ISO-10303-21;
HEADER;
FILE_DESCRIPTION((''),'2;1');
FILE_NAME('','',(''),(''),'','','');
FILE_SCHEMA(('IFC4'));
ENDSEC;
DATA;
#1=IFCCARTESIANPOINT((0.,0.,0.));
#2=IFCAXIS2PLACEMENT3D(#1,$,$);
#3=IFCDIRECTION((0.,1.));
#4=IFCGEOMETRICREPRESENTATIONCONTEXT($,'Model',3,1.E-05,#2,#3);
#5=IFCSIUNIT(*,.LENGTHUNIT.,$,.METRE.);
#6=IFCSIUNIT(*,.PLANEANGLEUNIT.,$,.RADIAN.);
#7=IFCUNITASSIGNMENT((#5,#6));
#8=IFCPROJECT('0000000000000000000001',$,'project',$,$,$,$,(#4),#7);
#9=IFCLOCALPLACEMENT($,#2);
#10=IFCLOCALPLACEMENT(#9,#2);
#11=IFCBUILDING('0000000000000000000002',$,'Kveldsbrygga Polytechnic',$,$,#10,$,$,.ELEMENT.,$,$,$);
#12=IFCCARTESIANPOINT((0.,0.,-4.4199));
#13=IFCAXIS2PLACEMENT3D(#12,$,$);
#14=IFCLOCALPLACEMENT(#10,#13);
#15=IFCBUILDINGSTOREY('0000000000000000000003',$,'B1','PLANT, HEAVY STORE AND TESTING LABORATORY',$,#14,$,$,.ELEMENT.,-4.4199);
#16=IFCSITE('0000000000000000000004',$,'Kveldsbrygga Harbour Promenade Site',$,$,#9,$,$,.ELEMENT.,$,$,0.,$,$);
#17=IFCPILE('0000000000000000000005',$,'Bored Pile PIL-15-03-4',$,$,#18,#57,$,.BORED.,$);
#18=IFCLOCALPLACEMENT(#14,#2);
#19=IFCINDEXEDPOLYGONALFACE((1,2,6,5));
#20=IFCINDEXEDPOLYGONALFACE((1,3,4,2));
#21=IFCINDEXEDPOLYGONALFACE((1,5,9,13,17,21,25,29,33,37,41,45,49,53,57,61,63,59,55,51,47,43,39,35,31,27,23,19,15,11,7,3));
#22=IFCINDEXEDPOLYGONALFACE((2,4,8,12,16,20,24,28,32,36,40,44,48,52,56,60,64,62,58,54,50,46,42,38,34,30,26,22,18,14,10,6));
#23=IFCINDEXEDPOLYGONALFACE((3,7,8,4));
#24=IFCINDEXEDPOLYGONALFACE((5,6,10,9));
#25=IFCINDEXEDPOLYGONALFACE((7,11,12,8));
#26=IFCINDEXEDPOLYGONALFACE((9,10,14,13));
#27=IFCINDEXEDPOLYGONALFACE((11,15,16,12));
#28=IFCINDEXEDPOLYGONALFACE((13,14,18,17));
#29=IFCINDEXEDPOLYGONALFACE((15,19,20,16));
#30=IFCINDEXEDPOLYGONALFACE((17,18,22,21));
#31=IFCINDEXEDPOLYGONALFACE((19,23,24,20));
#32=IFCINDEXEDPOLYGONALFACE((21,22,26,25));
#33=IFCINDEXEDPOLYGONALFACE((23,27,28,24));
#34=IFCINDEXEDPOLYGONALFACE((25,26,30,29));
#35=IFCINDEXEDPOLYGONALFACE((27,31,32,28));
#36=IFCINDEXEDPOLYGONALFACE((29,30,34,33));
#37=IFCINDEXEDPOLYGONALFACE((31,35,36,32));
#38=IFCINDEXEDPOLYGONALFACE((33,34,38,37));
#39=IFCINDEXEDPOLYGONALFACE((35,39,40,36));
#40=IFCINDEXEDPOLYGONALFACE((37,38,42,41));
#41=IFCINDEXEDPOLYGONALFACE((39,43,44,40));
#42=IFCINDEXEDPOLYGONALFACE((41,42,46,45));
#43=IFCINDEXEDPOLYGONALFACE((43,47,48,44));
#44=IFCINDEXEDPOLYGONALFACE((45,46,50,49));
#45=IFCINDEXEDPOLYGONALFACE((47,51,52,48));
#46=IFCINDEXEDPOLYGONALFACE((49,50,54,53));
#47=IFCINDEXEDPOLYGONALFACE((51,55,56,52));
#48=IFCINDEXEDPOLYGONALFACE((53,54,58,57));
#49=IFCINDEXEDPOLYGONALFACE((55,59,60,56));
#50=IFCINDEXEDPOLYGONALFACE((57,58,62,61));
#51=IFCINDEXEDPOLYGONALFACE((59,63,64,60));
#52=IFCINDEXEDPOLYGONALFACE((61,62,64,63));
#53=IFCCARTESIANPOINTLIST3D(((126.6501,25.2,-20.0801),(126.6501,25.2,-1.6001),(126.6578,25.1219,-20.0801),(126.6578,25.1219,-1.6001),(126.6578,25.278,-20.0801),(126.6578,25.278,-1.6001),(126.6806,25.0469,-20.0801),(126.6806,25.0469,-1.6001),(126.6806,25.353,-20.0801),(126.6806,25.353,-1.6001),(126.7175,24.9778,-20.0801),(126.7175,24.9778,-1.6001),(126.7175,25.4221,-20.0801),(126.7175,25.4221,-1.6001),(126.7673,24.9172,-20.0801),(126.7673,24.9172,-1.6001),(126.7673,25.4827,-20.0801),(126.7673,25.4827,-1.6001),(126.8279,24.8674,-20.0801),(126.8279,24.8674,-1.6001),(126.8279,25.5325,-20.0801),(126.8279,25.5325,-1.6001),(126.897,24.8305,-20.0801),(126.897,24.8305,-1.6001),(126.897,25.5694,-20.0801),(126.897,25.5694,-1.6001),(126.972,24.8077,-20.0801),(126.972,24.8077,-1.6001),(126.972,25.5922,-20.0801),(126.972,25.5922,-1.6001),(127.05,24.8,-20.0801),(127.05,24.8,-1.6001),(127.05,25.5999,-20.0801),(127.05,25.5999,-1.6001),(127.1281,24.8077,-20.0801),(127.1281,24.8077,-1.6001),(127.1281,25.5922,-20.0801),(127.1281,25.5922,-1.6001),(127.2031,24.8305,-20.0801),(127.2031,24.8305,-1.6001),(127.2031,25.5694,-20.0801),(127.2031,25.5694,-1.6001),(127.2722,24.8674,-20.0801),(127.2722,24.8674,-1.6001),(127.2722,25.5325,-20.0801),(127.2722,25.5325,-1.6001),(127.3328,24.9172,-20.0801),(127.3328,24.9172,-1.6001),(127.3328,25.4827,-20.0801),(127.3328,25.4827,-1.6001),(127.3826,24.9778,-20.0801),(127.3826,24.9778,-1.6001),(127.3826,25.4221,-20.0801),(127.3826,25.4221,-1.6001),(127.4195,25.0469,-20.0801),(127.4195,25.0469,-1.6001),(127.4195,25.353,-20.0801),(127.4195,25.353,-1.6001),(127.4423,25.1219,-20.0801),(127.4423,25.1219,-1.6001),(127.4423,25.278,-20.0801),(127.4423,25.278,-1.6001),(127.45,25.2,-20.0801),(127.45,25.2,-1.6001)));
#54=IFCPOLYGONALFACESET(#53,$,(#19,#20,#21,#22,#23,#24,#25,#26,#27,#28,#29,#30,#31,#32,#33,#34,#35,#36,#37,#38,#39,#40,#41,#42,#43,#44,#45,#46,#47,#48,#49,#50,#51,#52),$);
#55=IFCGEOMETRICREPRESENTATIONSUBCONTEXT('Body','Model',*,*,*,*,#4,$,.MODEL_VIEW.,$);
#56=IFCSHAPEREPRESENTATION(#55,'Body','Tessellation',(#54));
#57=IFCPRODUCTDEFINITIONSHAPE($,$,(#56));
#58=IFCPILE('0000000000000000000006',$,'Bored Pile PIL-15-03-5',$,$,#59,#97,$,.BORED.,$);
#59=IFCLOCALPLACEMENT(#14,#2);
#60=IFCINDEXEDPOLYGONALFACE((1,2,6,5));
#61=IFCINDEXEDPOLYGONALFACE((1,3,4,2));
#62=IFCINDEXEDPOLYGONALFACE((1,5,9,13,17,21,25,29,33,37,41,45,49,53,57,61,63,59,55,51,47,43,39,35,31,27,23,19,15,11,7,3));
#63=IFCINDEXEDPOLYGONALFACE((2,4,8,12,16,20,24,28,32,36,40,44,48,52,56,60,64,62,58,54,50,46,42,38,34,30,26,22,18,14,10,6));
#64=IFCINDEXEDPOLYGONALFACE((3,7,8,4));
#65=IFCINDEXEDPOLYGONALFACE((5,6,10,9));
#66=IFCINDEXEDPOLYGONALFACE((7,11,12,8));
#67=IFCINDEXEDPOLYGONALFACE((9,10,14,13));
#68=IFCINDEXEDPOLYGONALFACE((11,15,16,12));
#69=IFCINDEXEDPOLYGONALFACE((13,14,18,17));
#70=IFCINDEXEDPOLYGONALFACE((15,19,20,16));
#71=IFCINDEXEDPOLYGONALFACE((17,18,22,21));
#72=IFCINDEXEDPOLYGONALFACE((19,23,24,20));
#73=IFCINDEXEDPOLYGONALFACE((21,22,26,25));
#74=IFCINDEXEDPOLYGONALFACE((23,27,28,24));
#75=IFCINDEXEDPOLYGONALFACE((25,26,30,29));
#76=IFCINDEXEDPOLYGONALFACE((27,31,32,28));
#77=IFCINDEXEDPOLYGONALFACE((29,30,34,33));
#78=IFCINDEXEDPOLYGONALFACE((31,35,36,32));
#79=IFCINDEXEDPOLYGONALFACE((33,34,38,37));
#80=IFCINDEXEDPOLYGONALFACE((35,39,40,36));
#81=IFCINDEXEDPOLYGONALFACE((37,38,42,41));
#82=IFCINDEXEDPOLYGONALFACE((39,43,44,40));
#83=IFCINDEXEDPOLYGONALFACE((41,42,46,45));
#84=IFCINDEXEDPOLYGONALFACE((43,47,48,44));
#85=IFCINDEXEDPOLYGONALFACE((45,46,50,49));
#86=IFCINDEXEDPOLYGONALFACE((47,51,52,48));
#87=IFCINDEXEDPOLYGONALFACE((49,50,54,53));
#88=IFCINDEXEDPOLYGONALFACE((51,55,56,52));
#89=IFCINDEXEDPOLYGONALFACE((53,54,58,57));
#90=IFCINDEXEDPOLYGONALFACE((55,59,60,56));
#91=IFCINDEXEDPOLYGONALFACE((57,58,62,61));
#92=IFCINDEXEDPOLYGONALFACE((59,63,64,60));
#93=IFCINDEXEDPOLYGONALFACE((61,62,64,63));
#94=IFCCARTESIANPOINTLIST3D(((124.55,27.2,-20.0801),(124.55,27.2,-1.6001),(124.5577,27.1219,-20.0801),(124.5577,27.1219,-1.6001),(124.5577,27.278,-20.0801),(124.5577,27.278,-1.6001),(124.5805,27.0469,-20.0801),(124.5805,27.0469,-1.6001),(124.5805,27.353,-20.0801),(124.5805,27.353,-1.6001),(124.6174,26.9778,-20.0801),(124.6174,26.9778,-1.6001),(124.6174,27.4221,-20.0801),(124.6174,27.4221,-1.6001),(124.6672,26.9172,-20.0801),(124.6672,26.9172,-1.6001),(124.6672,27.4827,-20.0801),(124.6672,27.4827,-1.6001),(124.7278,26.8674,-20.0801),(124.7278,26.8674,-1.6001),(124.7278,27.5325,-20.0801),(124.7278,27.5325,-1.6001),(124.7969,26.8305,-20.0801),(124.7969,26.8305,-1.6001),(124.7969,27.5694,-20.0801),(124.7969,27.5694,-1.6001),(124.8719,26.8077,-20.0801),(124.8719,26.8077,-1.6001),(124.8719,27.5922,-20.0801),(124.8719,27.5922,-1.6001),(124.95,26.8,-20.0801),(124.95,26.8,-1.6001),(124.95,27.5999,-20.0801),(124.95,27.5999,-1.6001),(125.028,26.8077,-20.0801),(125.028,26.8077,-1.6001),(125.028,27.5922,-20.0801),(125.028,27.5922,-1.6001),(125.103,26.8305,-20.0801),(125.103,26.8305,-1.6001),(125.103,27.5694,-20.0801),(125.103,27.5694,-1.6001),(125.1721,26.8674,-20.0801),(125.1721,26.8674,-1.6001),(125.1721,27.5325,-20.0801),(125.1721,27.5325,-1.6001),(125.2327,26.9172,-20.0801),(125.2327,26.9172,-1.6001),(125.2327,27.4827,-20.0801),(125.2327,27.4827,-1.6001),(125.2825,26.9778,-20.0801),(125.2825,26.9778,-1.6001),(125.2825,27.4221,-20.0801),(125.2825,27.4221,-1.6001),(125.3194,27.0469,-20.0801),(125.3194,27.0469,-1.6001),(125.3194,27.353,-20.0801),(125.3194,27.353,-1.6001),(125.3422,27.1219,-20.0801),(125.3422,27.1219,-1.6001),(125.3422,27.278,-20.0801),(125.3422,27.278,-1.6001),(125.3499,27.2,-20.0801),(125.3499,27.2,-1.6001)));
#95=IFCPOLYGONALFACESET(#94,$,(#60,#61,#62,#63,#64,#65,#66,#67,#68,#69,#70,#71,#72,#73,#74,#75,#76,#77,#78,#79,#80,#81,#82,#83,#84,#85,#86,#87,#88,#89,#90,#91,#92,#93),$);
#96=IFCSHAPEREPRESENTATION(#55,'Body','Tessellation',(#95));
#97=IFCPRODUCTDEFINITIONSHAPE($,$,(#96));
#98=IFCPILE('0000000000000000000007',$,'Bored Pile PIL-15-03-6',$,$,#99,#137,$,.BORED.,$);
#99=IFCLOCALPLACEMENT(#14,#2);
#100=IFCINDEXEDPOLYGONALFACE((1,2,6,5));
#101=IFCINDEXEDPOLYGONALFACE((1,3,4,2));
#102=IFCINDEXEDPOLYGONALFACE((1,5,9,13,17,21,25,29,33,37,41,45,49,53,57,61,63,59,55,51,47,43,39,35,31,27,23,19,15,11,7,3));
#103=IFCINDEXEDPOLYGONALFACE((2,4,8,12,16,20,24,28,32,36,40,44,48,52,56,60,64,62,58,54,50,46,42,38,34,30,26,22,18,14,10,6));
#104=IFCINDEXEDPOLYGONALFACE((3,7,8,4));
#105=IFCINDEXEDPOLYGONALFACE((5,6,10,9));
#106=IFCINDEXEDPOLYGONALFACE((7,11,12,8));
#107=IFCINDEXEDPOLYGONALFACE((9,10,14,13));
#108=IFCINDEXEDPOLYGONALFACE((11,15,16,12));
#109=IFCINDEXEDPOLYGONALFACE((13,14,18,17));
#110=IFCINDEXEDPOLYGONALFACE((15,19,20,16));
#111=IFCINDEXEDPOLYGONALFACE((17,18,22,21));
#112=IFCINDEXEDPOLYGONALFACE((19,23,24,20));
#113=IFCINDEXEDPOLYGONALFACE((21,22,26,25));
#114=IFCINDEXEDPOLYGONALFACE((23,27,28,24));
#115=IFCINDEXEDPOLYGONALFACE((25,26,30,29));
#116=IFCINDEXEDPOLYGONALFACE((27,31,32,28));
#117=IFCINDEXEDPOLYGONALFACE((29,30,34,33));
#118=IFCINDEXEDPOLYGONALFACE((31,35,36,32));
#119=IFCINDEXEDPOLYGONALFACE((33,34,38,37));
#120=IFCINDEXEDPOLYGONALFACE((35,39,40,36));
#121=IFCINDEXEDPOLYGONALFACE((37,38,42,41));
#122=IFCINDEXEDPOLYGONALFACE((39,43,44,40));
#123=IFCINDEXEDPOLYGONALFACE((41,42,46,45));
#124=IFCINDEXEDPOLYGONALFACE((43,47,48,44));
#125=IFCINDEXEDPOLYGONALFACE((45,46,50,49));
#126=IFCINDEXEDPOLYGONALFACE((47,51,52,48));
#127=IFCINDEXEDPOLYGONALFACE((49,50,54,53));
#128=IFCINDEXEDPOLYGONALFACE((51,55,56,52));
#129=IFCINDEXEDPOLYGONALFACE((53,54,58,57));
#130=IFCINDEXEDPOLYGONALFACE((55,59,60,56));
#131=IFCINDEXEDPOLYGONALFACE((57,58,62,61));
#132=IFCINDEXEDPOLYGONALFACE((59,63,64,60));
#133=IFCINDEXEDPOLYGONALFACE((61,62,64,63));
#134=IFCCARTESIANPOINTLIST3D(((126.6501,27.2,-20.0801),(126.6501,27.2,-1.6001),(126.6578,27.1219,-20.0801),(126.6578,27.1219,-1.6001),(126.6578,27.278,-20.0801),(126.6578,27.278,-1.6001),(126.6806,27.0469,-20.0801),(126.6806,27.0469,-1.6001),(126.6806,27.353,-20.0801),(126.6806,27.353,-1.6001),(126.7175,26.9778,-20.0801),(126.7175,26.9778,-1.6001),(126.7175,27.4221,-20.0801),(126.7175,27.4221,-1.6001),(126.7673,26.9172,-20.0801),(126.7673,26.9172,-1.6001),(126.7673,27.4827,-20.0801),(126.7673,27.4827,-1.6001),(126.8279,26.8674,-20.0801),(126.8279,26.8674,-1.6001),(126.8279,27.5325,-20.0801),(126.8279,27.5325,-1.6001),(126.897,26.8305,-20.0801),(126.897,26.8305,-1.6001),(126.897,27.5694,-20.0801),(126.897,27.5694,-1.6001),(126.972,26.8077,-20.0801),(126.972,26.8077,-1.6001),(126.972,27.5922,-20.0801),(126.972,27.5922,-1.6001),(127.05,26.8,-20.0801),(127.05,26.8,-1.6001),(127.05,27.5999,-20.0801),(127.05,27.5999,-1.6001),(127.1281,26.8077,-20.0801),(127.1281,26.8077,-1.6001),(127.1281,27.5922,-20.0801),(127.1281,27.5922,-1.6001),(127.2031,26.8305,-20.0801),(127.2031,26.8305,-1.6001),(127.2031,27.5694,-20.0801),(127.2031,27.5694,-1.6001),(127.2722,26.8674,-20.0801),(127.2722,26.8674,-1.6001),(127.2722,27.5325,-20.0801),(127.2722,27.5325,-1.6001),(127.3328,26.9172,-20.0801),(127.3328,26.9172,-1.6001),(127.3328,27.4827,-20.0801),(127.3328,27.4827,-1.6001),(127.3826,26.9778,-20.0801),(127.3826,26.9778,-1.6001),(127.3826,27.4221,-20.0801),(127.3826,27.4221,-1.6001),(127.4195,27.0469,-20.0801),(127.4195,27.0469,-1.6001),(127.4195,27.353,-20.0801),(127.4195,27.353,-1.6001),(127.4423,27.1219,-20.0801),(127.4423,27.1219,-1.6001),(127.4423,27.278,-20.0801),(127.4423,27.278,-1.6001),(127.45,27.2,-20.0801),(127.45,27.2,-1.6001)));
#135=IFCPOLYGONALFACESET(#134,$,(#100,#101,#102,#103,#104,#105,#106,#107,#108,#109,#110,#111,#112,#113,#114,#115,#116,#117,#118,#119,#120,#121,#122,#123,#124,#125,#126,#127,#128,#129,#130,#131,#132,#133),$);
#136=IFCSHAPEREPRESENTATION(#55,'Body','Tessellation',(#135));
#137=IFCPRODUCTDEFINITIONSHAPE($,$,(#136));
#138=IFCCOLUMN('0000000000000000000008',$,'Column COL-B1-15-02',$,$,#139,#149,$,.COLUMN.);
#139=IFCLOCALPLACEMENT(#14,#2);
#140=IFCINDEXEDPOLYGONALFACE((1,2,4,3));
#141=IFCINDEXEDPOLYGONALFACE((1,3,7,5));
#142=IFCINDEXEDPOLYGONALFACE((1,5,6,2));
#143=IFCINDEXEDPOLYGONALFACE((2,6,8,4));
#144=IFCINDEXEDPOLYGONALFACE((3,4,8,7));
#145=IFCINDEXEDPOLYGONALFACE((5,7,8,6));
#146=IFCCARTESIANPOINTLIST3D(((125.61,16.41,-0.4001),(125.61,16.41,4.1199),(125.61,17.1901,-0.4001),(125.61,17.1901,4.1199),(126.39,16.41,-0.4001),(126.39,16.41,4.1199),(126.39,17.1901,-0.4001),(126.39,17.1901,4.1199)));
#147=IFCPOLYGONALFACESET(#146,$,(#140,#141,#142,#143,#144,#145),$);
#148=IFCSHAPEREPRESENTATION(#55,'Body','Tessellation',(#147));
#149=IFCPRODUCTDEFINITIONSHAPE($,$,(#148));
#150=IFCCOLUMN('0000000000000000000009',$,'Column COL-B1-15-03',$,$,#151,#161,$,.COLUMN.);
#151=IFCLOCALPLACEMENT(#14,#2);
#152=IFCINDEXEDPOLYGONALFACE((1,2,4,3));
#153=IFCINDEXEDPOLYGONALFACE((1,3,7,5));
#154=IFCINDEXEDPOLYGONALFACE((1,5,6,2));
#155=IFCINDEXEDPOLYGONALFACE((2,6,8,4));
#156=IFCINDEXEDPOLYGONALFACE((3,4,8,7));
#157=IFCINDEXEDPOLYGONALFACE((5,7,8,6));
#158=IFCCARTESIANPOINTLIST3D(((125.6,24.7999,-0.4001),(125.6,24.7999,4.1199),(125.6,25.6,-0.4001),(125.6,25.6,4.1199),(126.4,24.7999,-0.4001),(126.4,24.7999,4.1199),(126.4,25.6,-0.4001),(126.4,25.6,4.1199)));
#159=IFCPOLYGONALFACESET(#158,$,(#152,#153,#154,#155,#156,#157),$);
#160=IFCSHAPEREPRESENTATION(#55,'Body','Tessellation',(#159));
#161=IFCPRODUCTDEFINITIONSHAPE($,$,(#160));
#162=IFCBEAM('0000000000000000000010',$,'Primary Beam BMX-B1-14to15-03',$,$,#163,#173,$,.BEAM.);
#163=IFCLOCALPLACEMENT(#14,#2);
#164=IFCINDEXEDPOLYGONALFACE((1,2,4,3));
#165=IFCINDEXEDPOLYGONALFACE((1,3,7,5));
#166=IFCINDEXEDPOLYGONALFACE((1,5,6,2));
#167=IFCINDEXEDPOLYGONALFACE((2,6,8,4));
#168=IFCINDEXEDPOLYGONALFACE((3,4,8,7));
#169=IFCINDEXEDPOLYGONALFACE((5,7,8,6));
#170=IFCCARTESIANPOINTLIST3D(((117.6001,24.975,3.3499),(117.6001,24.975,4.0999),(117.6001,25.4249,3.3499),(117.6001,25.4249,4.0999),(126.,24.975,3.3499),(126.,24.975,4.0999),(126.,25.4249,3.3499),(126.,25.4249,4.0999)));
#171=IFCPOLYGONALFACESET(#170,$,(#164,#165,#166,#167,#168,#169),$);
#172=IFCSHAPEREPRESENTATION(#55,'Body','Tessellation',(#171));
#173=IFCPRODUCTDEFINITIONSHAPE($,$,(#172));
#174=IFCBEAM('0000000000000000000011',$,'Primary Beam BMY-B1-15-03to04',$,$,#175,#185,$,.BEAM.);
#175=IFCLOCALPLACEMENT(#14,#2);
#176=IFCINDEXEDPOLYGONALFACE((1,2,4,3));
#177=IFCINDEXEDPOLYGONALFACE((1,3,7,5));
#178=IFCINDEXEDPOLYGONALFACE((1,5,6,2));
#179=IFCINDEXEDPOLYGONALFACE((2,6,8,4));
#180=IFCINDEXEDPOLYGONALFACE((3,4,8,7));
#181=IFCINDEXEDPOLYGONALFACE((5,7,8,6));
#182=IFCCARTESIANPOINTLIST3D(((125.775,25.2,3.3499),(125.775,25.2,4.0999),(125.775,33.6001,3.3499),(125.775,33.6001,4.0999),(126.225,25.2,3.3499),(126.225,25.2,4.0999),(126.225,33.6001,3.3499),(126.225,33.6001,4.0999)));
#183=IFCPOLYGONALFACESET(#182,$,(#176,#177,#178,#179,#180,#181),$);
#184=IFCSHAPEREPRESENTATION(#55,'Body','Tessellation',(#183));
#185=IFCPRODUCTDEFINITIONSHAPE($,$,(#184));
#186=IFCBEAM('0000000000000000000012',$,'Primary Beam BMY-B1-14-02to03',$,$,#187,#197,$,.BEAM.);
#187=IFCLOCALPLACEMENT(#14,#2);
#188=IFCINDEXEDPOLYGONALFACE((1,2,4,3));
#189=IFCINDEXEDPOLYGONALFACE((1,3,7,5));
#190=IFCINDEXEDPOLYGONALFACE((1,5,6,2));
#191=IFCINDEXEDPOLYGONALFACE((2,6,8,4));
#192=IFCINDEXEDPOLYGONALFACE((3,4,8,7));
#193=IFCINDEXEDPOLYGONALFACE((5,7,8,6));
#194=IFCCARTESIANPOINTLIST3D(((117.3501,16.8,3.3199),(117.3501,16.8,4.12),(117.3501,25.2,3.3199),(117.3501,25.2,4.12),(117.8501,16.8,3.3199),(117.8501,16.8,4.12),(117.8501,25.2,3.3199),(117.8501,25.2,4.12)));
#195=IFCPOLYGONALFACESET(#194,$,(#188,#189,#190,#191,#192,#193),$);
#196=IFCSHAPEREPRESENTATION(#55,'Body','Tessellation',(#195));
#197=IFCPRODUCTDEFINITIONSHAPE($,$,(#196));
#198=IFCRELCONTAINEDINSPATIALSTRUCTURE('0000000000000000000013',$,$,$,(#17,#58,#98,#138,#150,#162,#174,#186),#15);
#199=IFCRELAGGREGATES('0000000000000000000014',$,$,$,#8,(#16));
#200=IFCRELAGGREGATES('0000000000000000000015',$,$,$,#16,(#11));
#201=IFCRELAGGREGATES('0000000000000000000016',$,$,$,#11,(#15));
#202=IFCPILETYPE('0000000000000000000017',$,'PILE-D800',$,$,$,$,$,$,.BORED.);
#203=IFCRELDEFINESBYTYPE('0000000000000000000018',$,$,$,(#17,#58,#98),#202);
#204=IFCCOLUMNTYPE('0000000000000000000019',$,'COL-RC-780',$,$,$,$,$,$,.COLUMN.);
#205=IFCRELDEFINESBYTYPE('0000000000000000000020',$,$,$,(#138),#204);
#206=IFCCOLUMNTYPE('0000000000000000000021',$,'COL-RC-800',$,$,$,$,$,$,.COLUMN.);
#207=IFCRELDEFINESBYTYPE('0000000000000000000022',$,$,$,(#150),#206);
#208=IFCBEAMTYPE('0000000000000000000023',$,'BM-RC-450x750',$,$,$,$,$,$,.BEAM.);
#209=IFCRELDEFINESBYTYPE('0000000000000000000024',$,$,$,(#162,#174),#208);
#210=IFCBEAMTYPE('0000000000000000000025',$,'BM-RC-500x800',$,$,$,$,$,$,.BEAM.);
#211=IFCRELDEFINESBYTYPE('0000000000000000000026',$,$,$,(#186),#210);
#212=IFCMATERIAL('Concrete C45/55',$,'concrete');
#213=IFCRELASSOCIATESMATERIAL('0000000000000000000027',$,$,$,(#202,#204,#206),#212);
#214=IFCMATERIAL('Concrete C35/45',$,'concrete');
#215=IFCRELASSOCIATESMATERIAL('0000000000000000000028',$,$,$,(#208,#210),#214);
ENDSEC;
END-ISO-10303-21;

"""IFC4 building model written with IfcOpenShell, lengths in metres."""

from ifc_helpers import new_model, si_unit, direction, frame, origin, origin_2d, place, context, subcontext, project, spatial, rectangle, circle, extrude, material, material_profile, profile_set, type_object, element, save


model = new_model("IFC4")

# Units and contexts
model_context = context("Model", 3, precision=1e-05, world=origin(), true_north=direction((0.0, 1.0)))
body_context = subcontext(model_context, "Body", "Model", "MODEL_VIEW")
ifc_project = project(units=[si_unit("LENGTHUNIT", "METRE"), si_unit("PLANEANGLEUNIT", "RADIAN")], contexts=[model_context])

# Site, building, storey
site_placement = place(None, origin())
site = spatial("IfcSite", under=ifc_project, at=site_placement, Name="Kveldsbrygga Harbour Promenade Site", CompositionType="ELEMENT", RefElevation=0.0)
building_placement = place(site_placement, origin())
building = spatial("IfcBuilding", under=site, at=building_placement, Name="Kveldsbrygga Polytechnic", CompositionType="ELEMENT")
storey_placement = place(building_placement, frame((0.0, 0.0, -4.4199)))
storey = spatial("IfcBuildingStorey", under=building, at=storey_placement, Name="B1", Description="PLANT, HEAVY STORE AND TESTING LABORATORY", CompositionType="ELEMENT", Elevation=-4.4199)

# Shared definitions
ifc_material_1 = material(Name="Concrete C45/55", Category="concrete")

# Piles
ifc_material_profile_1 = material_profile(ifc_material_1, circle(Radius=0.3999, at=origin_2d()), Name="PILE D800")
ifc_profile_set_1 = profile_set([ifc_material_profile_1], Name="Concrete C45/55")
pile_type_1 = type_object("IfcPileType", Name="PILE-D800", PredefinedType="BORED", material=ifc_profile_set_1)
for number, where, z_axis, x_axis, name in (
    (1, (127.05, 25.2, -1.6001), (0.0, 0.0, -1.0), (1.0, 0.0, 0.0), "Bored Pile PIL-15-03-4"),
    (2, (124.95, 27.2, -1.6001), (0.0, 0.0, -1.0), (1.0, 0.0, 0.0), "Bored Pile PIL-15-03-5"),
    (3, (127.05, 27.2, -1.6001), (0.0, 0.0, -1.0), (1.0, 0.0, 0.0), "Bored Pile PIL-15-03-6"),
):
    element("IfcPile", number, at=place(storey_placement, frame(where, z_axis=z_axis, x_axis=x_axis)), inside=storey, type_object=pile_type_1, Name=name, PredefinedType="BORED", context=body_context, shape_type="SweptSolid", body=[
        extrude(circle(Radius=0.3999, at=origin_2d()), origin(), (0.0, 0.0, 1.0), 18.48),
    ])

# Columns
ifc_material_profile_2 = material_profile(ifc_material_1, rectangle(XDim=0.78, YDim=0.78, at=origin_2d()), Name="RC 780x780")
ifc_profile_set_2 = profile_set([ifc_material_profile_2], Name="Concrete C45/55")
column_type_1 = type_object("IfcColumnType", Name="COL-RC-780", PredefinedType="COLUMN", material=ifc_profile_set_2)
column_1_placement = place(storey_placement, frame((126.0, 16.8, -0.4001), z_axis=(0.0, 0.0, 1.0), x_axis=(1.0, 0.0, 0.0)))
element("IfcColumn", 4, at=column_1_placement, inside=storey, type_object=column_type_1, Name="Column COL-B1-15-02", PredefinedType="COLUMN", context=body_context, shape_type="SweptSolid", body=[
    extrude(rectangle(XDim=0.78, YDim=0.78, at=origin_2d()), origin(), (0.0, 0.0, 1.0), 4.52),
])
ifc_material_profile_3 = material_profile(ifc_material_1, rectangle(XDim=0.8, YDim=0.8, at=origin_2d()), Name="RC 800x800")
ifc_profile_set_3 = profile_set([ifc_material_profile_3], Name="Concrete C45/55")
column_type_2 = type_object("IfcColumnType", Name="COL-RC-800", PredefinedType="COLUMN", material=ifc_profile_set_3)
column_2_placement = place(storey_placement, frame((126.0, 25.2, -0.4001), z_axis=(0.0, 0.0, 1.0), x_axis=(1.0, 0.0, 0.0)))
element("IfcColumn", 5, at=column_2_placement, inside=storey, type_object=column_type_2, Name="Column COL-B1-15-03", PredefinedType="COLUMN", context=body_context, shape_type="SweptSolid", body=[
    extrude(rectangle(XDim=0.8, YDim=0.8, at=origin_2d()), origin(), (0.0, 0.0, 1.0), 4.52),
])

# Beams
ifc_material_2 = material(Name="Concrete C35/45", Category="concrete")
ifc_material_profile_4 = material_profile(ifc_material_2, rectangle(XDim=0.45, YDim=0.75, at=origin_2d()), Name="RC 450x750")
ifc_profile_set_4 = profile_set([ifc_material_profile_4], Name="Concrete C35/45")
beam_type_1 = type_object("IfcBeamType", Name="BM-RC-450x750", PredefinedType="BEAM", material=ifc_profile_set_4)
beam_1_placement = place(storey_placement, frame((117.6001, 25.2, 3.7249), z_axis=(1.0, 0.0, 0.0), x_axis=(0.0, 1.0, 0.0)))
element("IfcBeam", 6, at=beam_1_placement, inside=storey, type_object=beam_type_1, Name="Primary Beam BMX-B1-14to15-03", PredefinedType="BEAM", context=body_context, shape_type="SweptSolid", body=[
    extrude(rectangle(XDim=0.45, YDim=0.75, at=origin_2d()), origin(), (0.0, 0.0, 1.0), 8.3999),
])
beam_2_placement = place(storey_placement, frame((126.0, 25.2, 3.7249), z_axis=(0.0, 1.0, 0.0), x_axis=(-1.0, 0.0, 0.0)))
element("IfcBeam", 7, at=beam_2_placement, inside=storey, type_object=beam_type_1, Name="Primary Beam BMY-B1-15-03to04", PredefinedType="BEAM", context=body_context, shape_type="SweptSolid", body=[
    extrude(rectangle(XDim=0.45, YDim=0.75, at=origin_2d()), origin(), (0.0, 0.0, 1.0), 8.4001),
])
ifc_material_profile_5 = material_profile(ifc_material_2, rectangle(XDim=0.5, YDim=0.8, at=origin_2d()), Name="RC 500x800")
ifc_profile_set_5 = profile_set([ifc_material_profile_5], Name="Concrete C35/45")
beam_type_2 = type_object("IfcBeamType", Name="BM-RC-500x800", PredefinedType="BEAM", material=ifc_profile_set_5)
beam_3_placement = place(storey_placement, frame((117.6001, 16.8, 3.72), z_axis=(0.0, 1.0, 0.0), x_axis=(-1.0, 0.0, 0.0)))
element("IfcBeam", 8, at=beam_3_placement, inside=storey, type_object=beam_type_2, Name="Primary Beam BMY-B1-14-02to03", PredefinedType="BEAM", context=body_context, shape_type="SweptSolid", body=[
    extrude(rectangle(XDim=0.5, YDim=0.8, at=origin_2d()), origin(), (0.0, 0.0, 1.0), 8.3999),
])

save(model, "model.ifc")
